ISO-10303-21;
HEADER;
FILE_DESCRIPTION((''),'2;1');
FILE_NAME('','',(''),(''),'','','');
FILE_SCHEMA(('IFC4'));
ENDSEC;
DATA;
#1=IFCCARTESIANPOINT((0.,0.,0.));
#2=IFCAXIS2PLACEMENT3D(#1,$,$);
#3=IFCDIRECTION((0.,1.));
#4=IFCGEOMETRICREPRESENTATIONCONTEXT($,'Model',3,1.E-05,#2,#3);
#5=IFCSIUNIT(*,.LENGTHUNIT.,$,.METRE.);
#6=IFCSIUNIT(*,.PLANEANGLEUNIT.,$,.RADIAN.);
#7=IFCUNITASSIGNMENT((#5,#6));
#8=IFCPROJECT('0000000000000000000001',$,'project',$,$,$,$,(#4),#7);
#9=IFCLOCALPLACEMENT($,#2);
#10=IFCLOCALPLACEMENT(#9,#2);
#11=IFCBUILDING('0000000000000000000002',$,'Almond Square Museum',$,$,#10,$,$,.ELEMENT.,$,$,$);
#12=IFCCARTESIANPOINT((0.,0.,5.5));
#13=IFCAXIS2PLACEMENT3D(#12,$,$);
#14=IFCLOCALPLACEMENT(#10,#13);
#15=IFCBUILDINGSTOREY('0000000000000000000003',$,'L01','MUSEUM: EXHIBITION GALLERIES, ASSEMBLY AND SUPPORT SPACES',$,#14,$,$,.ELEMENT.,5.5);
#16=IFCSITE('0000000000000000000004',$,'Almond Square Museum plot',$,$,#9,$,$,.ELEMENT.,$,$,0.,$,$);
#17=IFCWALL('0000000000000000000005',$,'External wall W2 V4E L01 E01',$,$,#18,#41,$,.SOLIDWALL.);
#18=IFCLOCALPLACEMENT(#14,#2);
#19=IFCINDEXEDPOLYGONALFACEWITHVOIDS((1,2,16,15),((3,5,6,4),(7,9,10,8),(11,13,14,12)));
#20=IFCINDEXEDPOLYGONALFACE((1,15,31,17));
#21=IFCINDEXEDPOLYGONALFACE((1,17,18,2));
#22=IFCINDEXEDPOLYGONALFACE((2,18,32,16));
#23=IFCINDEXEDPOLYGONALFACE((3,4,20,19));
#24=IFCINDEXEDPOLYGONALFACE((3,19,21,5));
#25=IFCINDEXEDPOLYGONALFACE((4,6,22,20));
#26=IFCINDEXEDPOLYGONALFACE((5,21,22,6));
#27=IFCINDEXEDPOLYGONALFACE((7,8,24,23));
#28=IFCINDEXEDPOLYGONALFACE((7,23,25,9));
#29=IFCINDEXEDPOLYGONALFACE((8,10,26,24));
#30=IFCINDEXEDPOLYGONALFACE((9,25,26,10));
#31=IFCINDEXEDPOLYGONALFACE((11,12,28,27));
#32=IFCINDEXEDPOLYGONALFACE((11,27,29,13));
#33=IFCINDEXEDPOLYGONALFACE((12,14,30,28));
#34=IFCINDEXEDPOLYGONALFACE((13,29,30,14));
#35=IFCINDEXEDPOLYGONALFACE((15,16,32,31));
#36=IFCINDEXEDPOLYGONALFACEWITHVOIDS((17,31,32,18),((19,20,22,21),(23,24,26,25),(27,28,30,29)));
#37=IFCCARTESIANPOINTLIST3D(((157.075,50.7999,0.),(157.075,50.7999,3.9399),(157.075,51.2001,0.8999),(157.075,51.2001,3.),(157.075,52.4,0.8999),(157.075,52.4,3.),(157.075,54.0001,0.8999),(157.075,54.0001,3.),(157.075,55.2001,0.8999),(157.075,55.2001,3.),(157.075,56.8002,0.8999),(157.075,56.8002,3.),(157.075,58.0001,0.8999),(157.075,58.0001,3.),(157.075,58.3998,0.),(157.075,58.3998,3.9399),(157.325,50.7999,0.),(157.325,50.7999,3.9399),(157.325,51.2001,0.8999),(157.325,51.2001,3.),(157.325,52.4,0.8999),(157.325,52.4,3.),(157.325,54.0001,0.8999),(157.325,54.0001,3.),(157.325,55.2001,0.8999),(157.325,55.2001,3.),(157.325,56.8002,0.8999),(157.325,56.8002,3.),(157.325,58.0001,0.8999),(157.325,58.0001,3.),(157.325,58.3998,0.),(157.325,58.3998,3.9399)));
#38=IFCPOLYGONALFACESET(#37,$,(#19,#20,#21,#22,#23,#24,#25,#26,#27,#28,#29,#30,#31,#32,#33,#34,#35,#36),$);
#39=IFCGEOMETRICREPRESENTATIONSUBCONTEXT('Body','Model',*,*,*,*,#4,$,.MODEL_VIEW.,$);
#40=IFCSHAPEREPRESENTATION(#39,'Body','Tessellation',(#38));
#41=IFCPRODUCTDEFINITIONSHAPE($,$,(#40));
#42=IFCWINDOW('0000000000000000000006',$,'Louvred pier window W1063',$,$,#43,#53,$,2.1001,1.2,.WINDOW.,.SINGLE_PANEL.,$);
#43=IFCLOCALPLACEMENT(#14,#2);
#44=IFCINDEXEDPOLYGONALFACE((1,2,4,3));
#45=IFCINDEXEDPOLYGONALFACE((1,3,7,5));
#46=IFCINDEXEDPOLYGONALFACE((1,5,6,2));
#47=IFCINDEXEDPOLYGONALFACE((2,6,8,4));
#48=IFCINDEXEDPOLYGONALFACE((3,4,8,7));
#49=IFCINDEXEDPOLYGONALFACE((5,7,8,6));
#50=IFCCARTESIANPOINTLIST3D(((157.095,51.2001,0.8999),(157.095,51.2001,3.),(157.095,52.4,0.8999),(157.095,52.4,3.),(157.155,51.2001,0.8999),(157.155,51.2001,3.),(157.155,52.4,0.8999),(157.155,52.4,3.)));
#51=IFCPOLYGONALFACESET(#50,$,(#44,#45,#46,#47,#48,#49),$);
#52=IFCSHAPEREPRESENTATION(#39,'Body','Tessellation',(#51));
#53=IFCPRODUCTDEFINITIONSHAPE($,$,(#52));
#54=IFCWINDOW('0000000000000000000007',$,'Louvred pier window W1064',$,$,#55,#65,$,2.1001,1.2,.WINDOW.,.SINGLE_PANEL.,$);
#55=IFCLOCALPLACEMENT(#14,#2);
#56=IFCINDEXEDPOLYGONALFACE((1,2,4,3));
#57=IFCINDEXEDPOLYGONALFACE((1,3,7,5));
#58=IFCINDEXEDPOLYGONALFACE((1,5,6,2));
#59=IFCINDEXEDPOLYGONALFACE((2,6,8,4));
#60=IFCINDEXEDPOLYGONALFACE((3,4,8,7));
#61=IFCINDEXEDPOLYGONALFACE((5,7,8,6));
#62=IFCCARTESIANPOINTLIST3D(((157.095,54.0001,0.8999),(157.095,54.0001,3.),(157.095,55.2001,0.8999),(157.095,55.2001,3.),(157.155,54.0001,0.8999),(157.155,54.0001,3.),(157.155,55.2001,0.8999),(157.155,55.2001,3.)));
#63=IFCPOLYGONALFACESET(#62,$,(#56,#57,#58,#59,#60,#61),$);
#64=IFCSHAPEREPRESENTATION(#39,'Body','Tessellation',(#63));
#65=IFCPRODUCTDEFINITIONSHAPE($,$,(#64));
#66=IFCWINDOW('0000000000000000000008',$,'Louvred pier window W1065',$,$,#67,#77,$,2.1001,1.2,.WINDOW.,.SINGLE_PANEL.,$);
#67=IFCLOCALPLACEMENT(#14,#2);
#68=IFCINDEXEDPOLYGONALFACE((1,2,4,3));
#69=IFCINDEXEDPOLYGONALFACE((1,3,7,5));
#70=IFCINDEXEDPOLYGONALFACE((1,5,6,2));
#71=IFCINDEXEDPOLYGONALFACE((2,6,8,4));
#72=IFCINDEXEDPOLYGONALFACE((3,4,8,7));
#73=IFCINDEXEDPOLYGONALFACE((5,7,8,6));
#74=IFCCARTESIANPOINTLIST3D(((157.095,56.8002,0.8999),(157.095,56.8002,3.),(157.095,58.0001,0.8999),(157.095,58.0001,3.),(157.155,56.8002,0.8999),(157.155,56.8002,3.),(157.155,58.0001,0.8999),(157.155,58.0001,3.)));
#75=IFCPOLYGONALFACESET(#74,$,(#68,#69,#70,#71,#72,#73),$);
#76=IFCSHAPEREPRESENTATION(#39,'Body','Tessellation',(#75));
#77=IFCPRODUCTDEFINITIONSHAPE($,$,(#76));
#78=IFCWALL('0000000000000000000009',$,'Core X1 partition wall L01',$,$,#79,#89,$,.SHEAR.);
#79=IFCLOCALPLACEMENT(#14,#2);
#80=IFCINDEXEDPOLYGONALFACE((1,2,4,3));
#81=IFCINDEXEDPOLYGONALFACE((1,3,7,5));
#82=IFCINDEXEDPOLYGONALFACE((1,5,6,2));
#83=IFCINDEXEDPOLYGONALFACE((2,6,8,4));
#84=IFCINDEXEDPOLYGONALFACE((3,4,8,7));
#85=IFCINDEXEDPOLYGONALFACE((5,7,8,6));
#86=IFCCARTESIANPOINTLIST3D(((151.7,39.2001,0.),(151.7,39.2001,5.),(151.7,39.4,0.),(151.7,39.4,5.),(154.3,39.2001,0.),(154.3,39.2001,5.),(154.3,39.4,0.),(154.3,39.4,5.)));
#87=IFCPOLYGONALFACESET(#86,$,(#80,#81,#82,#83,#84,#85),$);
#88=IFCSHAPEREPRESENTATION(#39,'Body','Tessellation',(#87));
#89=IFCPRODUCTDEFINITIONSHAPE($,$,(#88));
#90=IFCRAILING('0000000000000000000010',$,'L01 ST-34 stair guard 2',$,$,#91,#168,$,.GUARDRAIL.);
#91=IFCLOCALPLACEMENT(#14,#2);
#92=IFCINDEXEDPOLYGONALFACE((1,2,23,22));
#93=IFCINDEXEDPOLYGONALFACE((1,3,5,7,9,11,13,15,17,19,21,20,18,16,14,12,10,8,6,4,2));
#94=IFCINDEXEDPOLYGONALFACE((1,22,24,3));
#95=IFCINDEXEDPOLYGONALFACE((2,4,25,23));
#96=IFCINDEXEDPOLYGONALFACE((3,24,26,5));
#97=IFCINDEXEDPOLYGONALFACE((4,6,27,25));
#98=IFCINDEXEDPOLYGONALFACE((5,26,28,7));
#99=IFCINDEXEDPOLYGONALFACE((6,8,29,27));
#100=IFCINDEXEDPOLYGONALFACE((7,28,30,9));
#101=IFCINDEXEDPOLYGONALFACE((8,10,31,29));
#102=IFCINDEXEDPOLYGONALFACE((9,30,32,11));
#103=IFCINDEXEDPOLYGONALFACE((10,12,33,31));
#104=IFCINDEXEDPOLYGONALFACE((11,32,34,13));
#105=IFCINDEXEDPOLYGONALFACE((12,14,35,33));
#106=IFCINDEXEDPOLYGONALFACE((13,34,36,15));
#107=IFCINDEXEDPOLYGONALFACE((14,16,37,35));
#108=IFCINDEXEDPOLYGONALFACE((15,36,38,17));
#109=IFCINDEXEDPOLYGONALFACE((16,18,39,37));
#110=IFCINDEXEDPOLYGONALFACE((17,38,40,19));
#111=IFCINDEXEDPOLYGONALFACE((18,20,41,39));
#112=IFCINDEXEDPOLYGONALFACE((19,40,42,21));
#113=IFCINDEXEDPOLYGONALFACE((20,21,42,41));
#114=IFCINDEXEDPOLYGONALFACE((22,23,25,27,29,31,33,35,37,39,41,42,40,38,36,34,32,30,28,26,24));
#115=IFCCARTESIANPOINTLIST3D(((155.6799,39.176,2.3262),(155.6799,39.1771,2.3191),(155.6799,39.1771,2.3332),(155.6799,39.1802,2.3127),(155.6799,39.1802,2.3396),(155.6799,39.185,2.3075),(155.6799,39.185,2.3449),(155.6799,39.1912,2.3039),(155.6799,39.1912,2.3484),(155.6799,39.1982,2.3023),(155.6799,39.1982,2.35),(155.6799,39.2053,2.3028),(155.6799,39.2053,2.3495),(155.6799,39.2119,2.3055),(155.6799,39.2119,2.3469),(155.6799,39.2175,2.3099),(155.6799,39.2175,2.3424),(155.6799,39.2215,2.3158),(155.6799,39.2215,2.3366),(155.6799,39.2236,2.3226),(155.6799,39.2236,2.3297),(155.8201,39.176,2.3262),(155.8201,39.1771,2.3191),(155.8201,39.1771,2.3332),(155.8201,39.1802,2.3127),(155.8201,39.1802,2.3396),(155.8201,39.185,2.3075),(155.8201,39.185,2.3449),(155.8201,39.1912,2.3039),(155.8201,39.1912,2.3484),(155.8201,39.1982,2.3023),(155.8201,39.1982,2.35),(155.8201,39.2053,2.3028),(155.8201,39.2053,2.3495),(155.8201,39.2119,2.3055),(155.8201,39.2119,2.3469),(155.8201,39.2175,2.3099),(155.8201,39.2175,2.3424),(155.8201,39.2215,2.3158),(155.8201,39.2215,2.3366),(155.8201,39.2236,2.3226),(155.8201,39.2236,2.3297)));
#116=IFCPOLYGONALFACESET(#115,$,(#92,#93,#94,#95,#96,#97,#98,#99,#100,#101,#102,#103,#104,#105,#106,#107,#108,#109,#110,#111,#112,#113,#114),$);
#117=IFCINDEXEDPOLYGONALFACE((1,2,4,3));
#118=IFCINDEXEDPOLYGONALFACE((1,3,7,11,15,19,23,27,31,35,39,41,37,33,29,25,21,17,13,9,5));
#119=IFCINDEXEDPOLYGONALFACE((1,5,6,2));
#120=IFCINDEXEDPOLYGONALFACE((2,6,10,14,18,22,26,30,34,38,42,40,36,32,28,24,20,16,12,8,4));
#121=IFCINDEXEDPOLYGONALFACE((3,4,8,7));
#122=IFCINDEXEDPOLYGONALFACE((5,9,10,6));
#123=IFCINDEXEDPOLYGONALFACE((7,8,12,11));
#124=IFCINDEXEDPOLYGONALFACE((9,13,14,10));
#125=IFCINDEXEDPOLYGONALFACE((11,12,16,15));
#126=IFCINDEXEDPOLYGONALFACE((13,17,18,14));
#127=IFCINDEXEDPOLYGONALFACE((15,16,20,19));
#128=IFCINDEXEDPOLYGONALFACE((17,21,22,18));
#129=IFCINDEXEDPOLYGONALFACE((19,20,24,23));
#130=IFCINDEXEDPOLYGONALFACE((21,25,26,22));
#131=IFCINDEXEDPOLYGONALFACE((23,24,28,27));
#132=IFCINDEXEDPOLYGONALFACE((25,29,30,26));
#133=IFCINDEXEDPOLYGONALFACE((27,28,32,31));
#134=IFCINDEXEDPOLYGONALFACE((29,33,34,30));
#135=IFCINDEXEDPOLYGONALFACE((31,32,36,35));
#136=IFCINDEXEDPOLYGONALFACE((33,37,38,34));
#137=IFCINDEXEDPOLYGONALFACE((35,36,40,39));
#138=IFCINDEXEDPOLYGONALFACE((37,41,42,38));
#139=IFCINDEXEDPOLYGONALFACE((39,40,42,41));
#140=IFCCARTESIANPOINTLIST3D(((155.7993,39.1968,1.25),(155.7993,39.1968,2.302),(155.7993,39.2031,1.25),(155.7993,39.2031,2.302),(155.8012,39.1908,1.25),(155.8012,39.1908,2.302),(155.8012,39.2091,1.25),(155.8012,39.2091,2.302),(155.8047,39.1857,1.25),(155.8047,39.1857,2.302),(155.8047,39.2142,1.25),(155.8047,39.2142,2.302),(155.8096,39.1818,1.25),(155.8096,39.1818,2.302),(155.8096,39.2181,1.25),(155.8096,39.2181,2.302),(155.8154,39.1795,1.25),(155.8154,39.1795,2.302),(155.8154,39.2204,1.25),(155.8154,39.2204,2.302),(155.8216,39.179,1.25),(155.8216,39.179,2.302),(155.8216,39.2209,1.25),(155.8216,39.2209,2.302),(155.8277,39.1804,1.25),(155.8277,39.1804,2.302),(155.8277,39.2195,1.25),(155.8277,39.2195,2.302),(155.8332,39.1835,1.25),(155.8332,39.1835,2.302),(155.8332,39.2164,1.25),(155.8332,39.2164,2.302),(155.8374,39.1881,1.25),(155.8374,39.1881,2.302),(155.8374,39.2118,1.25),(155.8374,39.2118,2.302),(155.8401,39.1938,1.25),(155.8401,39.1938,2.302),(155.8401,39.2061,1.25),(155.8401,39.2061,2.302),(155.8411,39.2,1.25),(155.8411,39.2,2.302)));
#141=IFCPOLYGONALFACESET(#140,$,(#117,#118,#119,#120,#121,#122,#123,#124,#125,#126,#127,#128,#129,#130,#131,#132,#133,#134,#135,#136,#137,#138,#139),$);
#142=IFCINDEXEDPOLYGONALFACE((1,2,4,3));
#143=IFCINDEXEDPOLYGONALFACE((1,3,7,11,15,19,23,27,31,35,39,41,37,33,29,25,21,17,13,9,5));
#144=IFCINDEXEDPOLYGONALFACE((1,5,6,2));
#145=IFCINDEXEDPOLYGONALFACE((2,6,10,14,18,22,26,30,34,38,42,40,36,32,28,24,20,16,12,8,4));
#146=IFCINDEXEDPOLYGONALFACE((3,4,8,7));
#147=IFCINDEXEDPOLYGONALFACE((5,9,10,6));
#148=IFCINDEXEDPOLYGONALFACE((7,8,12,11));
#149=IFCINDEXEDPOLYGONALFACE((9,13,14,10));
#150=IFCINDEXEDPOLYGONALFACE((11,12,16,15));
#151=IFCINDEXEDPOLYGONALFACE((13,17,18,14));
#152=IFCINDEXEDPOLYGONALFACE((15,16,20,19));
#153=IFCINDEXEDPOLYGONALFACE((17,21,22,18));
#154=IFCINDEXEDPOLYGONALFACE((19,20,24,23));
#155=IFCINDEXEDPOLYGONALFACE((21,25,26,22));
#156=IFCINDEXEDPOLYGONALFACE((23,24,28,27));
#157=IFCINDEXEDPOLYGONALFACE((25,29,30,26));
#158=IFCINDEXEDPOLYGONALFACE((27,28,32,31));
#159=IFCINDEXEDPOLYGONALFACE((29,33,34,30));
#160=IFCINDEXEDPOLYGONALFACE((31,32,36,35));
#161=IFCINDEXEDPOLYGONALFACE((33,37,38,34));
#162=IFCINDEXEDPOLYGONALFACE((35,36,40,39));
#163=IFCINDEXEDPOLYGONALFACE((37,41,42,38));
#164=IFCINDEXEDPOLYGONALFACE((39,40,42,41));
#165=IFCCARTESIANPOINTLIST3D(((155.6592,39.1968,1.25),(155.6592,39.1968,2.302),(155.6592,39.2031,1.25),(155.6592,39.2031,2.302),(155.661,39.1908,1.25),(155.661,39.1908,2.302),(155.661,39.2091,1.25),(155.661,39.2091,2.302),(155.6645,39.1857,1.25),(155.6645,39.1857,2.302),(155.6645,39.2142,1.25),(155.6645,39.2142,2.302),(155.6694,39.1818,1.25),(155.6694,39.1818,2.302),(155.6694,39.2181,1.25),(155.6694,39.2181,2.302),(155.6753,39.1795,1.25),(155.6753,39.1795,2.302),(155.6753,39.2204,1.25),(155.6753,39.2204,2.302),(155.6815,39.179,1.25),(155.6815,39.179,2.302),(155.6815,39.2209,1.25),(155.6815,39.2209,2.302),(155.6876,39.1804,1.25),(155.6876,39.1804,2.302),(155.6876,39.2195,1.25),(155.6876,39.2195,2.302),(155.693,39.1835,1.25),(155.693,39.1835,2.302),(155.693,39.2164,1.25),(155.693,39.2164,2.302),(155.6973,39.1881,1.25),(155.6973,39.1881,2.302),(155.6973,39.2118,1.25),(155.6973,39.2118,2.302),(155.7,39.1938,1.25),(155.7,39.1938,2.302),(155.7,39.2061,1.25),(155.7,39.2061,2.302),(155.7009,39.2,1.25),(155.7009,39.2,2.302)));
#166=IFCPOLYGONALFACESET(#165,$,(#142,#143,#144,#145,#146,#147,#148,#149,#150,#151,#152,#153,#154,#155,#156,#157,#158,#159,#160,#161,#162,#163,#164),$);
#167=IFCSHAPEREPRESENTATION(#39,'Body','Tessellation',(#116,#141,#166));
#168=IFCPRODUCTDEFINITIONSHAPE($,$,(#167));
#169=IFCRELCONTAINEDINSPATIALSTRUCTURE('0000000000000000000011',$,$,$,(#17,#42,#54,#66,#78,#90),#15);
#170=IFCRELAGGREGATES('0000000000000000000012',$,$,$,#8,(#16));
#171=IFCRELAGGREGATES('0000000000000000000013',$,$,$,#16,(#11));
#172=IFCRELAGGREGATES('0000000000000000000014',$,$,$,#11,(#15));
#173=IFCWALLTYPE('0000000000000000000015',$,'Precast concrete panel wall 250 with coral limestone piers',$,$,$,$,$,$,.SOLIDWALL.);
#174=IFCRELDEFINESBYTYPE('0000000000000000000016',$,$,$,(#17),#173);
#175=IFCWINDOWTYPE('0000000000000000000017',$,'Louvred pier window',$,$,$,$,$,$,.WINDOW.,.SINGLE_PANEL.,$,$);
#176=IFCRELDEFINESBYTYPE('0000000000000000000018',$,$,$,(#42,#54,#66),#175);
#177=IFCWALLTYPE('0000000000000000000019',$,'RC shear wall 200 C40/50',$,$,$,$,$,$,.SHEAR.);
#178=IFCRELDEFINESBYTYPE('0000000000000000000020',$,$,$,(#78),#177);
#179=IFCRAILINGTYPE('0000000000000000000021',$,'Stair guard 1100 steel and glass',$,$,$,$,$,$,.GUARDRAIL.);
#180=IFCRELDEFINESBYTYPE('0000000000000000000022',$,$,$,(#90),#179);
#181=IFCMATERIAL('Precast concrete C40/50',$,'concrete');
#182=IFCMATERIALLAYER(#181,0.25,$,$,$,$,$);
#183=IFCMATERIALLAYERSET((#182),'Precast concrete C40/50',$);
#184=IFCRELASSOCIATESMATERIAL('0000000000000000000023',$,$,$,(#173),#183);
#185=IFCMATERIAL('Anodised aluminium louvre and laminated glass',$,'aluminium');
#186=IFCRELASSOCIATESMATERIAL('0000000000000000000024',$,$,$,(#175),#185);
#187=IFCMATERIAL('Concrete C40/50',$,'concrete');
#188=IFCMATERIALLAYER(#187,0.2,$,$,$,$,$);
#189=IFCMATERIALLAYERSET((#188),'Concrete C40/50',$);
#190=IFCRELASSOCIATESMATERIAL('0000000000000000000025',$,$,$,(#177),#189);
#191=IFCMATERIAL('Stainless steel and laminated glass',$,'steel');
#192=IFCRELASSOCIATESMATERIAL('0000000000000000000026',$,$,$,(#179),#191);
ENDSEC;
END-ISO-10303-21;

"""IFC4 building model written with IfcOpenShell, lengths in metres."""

from ifc_helpers import new_model, si_unit, direction, frame, frame_2d, origin, origin_2d, place, context, subcontext, project, spatial, rectangle, circle, extrude, material, layer, layer_set, type_object, element, fill, save


model = new_model("IFC4")

# Units and contexts
model_context = context("Model", 3, precision=1e-05, world=origin(), true_north=direction((0.0, 1.0)))
body_context = subcontext(model_context, "Body", "Model", "MODEL_VIEW")
ifc_project = project(units=[si_unit("LENGTHUNIT", "METRE"), si_unit("PLANEANGLEUNIT", "RADIAN")], contexts=[model_context])

# Site, building, storey
site_placement = place(None, origin())
site = spatial("IfcSite", under=ifc_project, at=site_placement, Name="Almond Square Museum plot", CompositionType="ELEMENT", RefElevation=0.0)
building_placement = place(site_placement, origin())
building = spatial("IfcBuilding", under=site, at=building_placement, Name="Almond Square Museum", CompositionType="ELEMENT")
storey_placement = place(building_placement, frame((0.0, 0.0, 5.5)))
storey = spatial("IfcBuildingStorey", under=building, at=storey_placement, Name="L01", Description="MUSEUM: EXHIBITION GALLERIES, ASSEMBLY AND SUPPORT SPACES", CompositionType="ELEMENT", Elevation=5.5)

# Wall, openings, windows
ifc_material_1 = material(Name="Precast concrete C40/50", Category="concrete")
ifc_layer_1 = layer(ifc_material_1, 0.25)
ifc_layer_set_1 = layer_set([ifc_layer_1], Name="Precast concrete C40/50")
wall_type_1 = type_object("IfcWallType", Name="Precast concrete panel wall 250 with coral limestone piers", PredefinedType="SOLIDWALL", material=ifc_layer_set_1)
ifc_material_2 = material(Name="Anodised aluminium louvre and laminated glass", Category="aluminium")
window_type = type_object("IfcWindowType", Name="Louvred pier window", PartitioningType="SINGLE_PANEL", PredefinedType="WINDOW", material=ifc_material_2)
wall_1_placement = place(storey_placement, frame((157.2, 50.8, 0.0), z_axis=(0.0, 0.0, 1.0), x_axis=(0.0, 1.0, 0.0)))
wall_1 = element("IfcWall", 1, at=wall_1_placement, inside=storey, type_object=wall_type_1, Name="External wall W2 V4E L01 E01", PredefinedType="SOLIDWALL", context=body_context, shape_type="SweptSolid", body=[
    extrude(rectangle(XDim=7.5999, YDim=0.25, at=frame_2d((3.7998, 0.0))), origin(), (0.0, 0.0, 1.0), 3.9399),
])
opening_1_placement = place(wall_1_placement, frame((0.3999, 0.0, 0.8999)))
opening_1 = element("IfcOpeningElement", 2, at=opening_1_placement, cuts=wall_1, PredefinedType="OPENING", context=body_context, shape_type="SweptSolid", body=[
    extrude(rectangle(XDim=1.2, YDim=2.1001, at=frame_2d((0.6001, 1.05))), frame((0.0, 0.135, 0.0), z_axis=(0.0, -1.0, 0.0), x_axis=(1.0, 0.0, 0.0)), (0.0, 0.0, 1.0), 0.27),
])
opening_2_placement = place(wall_1_placement, frame((3.2, 0.0, 0.8999)))
opening_2 = element("IfcOpeningElement", 3, at=opening_2_placement, cuts=wall_1, PredefinedType="OPENING", context=body_context, shape_type="SweptSolid", body=[
    extrude(rectangle(XDim=1.2, YDim=2.1001, at=frame_2d((0.6001, 1.05))), frame((0.0, 0.135, 0.0), z_axis=(0.0, -1.0, 0.0), x_axis=(1.0, 0.0, 0.0)), (0.0, 0.0, 1.0), 0.27),
])
opening_3_placement = place(wall_1_placement, frame((6.0, 0.0, 0.8999)))
opening_3 = element("IfcOpeningElement", 4, at=opening_3_placement, cuts=wall_1, PredefinedType="OPENING", context=body_context, shape_type="SweptSolid", body=[
    extrude(rectangle(XDim=1.2, YDim=2.1001, at=frame_2d((0.6001, 1.05))), frame((0.0, 0.135, 0.0), z_axis=(0.0, -1.0, 0.0), x_axis=(1.0, 0.0, 0.0)), (0.0, 0.0, 1.0), 0.27),
])
window_1_placement = place(opening_1_placement, origin())
window_1 = element("IfcWindow", 5, at=window_1_placement, inside=storey, type_object=window_type, Name="Louvred pier window W1063", OverallHeight=2.1001, OverallWidth=1.2, PartitioningType="SINGLE_PANEL", PredefinedType="WINDOW", context=body_context, shape_type="SweptSolid", body=[
    extrude(rectangle(XDim=1.2, YDim=2.1001, at=frame_2d((0.6001, 1.05))), frame((0.0, 0.105, 0.0), z_axis=(0.0, -1.0, 0.0), x_axis=(1.0, 0.0, 0.0)), (0.0, 0.0, 1.0), 0.0601),
])
fill(opening_1, window_1)
window_2_placement = place(opening_2_placement, origin())
window_2 = element("IfcWindow", 6, at=window_2_placement, inside=storey, type_object=window_type, Name="Louvred pier window W1064", OverallHeight=2.1001, OverallWidth=1.2, PartitioningType="SINGLE_PANEL", PredefinedType="WINDOW", context=body_context, shape_type="SweptSolid", body=[
    extrude(rectangle(XDim=1.2, YDim=2.1001, at=frame_2d((0.6001, 1.05))), frame((0.0, 0.105, 0.0), z_axis=(0.0, -1.0, 0.0), x_axis=(1.0, 0.0, 0.0)), (0.0, 0.0, 1.0), 0.0601),
])
fill(opening_2, window_2)
window_3_placement = place(opening_3_placement, origin())
window_3 = element("IfcWindow", 7, at=window_3_placement, inside=storey, type_object=window_type, Name="Louvred pier window W1065", OverallHeight=2.1001, OverallWidth=1.2, PartitioningType="SINGLE_PANEL", PredefinedType="WINDOW", context=body_context, shape_type="SweptSolid", body=[
    extrude(rectangle(XDim=1.2, YDim=2.1001, at=frame_2d((0.6001, 1.05))), frame((0.0, 0.105, 0.0), z_axis=(0.0, -1.0, 0.0), x_axis=(1.0, 0.0, 0.0)), (0.0, 0.0, 1.0), 0.0601),
])
fill(opening_3, window_3)

# Wall
ifc_material_3 = material(Name="Concrete C40/50", Category="concrete")
ifc_layer_2 = layer(ifc_material_3, 0.2)
ifc_layer_set_2 = layer_set([ifc_layer_2], Name="Concrete C40/50")
wall_type_2 = type_object("IfcWallType", Name="RC shear wall 200 C40/50", PredefinedType="SHEAR", material=ifc_layer_set_2)
wall_2_placement = place(storey_placement, frame((151.7, 39.3, 0.0), z_axis=(0.0, 0.0, 1.0), x_axis=(1.0, 0.0, 0.0)))
element("IfcWall", 8, at=wall_2_placement, inside=storey, type_object=wall_type_2, Name="Core X1 partition wall L01", PredefinedType="SHEAR", context=body_context, shape_type="SweptSolid", body=[
    extrude(rectangle(XDim=2.6001, YDim=0.2, at=frame_2d((1.3, 0.0))), origin(), (0.0, 0.0, 1.0), 5.0),
])

# Railing
ifc_material_4 = material(Name="Stainless steel and laminated glass", Category="steel")
railing_type = type_object("IfcRailingType", Name="Stair guard 1100 steel and glass", PredefinedType="GUARDRAIL", material=ifc_material_4)
for number, where, name in (
    (9, (155.8201, 39.2, 1.25), "L01 ST-34 stair guard 2"),
):
    element("IfcRailing", number, at=place(storey_placement, frame(where)), inside=storey, type_object=railing_type, Name=name, PredefinedType="GUARDRAIL", context=body_context, shape_type="SweptSolid", body=[
        extrude(circle(Radius=0.0239, at=origin_2d()), frame((0.0, 0.0, 1.0762), z_axis=(-1.0, 0.0, 0.0), x_axis=(0.0, -1.0, 0.0)), (0.0, 0.0, 1.0), 0.1401),
        extrude(circle(Radius=0.021, at=origin_2d()), origin(), (0.0, 0.0, 1.0), 1.052),
        extrude(circle(Radius=0.021, at=origin_2d()), frame((-0.1401, 0.0, 0.0)), (0.0, 0.0, 1.0), 1.052),
    ])

save(model, "model.ifc")
